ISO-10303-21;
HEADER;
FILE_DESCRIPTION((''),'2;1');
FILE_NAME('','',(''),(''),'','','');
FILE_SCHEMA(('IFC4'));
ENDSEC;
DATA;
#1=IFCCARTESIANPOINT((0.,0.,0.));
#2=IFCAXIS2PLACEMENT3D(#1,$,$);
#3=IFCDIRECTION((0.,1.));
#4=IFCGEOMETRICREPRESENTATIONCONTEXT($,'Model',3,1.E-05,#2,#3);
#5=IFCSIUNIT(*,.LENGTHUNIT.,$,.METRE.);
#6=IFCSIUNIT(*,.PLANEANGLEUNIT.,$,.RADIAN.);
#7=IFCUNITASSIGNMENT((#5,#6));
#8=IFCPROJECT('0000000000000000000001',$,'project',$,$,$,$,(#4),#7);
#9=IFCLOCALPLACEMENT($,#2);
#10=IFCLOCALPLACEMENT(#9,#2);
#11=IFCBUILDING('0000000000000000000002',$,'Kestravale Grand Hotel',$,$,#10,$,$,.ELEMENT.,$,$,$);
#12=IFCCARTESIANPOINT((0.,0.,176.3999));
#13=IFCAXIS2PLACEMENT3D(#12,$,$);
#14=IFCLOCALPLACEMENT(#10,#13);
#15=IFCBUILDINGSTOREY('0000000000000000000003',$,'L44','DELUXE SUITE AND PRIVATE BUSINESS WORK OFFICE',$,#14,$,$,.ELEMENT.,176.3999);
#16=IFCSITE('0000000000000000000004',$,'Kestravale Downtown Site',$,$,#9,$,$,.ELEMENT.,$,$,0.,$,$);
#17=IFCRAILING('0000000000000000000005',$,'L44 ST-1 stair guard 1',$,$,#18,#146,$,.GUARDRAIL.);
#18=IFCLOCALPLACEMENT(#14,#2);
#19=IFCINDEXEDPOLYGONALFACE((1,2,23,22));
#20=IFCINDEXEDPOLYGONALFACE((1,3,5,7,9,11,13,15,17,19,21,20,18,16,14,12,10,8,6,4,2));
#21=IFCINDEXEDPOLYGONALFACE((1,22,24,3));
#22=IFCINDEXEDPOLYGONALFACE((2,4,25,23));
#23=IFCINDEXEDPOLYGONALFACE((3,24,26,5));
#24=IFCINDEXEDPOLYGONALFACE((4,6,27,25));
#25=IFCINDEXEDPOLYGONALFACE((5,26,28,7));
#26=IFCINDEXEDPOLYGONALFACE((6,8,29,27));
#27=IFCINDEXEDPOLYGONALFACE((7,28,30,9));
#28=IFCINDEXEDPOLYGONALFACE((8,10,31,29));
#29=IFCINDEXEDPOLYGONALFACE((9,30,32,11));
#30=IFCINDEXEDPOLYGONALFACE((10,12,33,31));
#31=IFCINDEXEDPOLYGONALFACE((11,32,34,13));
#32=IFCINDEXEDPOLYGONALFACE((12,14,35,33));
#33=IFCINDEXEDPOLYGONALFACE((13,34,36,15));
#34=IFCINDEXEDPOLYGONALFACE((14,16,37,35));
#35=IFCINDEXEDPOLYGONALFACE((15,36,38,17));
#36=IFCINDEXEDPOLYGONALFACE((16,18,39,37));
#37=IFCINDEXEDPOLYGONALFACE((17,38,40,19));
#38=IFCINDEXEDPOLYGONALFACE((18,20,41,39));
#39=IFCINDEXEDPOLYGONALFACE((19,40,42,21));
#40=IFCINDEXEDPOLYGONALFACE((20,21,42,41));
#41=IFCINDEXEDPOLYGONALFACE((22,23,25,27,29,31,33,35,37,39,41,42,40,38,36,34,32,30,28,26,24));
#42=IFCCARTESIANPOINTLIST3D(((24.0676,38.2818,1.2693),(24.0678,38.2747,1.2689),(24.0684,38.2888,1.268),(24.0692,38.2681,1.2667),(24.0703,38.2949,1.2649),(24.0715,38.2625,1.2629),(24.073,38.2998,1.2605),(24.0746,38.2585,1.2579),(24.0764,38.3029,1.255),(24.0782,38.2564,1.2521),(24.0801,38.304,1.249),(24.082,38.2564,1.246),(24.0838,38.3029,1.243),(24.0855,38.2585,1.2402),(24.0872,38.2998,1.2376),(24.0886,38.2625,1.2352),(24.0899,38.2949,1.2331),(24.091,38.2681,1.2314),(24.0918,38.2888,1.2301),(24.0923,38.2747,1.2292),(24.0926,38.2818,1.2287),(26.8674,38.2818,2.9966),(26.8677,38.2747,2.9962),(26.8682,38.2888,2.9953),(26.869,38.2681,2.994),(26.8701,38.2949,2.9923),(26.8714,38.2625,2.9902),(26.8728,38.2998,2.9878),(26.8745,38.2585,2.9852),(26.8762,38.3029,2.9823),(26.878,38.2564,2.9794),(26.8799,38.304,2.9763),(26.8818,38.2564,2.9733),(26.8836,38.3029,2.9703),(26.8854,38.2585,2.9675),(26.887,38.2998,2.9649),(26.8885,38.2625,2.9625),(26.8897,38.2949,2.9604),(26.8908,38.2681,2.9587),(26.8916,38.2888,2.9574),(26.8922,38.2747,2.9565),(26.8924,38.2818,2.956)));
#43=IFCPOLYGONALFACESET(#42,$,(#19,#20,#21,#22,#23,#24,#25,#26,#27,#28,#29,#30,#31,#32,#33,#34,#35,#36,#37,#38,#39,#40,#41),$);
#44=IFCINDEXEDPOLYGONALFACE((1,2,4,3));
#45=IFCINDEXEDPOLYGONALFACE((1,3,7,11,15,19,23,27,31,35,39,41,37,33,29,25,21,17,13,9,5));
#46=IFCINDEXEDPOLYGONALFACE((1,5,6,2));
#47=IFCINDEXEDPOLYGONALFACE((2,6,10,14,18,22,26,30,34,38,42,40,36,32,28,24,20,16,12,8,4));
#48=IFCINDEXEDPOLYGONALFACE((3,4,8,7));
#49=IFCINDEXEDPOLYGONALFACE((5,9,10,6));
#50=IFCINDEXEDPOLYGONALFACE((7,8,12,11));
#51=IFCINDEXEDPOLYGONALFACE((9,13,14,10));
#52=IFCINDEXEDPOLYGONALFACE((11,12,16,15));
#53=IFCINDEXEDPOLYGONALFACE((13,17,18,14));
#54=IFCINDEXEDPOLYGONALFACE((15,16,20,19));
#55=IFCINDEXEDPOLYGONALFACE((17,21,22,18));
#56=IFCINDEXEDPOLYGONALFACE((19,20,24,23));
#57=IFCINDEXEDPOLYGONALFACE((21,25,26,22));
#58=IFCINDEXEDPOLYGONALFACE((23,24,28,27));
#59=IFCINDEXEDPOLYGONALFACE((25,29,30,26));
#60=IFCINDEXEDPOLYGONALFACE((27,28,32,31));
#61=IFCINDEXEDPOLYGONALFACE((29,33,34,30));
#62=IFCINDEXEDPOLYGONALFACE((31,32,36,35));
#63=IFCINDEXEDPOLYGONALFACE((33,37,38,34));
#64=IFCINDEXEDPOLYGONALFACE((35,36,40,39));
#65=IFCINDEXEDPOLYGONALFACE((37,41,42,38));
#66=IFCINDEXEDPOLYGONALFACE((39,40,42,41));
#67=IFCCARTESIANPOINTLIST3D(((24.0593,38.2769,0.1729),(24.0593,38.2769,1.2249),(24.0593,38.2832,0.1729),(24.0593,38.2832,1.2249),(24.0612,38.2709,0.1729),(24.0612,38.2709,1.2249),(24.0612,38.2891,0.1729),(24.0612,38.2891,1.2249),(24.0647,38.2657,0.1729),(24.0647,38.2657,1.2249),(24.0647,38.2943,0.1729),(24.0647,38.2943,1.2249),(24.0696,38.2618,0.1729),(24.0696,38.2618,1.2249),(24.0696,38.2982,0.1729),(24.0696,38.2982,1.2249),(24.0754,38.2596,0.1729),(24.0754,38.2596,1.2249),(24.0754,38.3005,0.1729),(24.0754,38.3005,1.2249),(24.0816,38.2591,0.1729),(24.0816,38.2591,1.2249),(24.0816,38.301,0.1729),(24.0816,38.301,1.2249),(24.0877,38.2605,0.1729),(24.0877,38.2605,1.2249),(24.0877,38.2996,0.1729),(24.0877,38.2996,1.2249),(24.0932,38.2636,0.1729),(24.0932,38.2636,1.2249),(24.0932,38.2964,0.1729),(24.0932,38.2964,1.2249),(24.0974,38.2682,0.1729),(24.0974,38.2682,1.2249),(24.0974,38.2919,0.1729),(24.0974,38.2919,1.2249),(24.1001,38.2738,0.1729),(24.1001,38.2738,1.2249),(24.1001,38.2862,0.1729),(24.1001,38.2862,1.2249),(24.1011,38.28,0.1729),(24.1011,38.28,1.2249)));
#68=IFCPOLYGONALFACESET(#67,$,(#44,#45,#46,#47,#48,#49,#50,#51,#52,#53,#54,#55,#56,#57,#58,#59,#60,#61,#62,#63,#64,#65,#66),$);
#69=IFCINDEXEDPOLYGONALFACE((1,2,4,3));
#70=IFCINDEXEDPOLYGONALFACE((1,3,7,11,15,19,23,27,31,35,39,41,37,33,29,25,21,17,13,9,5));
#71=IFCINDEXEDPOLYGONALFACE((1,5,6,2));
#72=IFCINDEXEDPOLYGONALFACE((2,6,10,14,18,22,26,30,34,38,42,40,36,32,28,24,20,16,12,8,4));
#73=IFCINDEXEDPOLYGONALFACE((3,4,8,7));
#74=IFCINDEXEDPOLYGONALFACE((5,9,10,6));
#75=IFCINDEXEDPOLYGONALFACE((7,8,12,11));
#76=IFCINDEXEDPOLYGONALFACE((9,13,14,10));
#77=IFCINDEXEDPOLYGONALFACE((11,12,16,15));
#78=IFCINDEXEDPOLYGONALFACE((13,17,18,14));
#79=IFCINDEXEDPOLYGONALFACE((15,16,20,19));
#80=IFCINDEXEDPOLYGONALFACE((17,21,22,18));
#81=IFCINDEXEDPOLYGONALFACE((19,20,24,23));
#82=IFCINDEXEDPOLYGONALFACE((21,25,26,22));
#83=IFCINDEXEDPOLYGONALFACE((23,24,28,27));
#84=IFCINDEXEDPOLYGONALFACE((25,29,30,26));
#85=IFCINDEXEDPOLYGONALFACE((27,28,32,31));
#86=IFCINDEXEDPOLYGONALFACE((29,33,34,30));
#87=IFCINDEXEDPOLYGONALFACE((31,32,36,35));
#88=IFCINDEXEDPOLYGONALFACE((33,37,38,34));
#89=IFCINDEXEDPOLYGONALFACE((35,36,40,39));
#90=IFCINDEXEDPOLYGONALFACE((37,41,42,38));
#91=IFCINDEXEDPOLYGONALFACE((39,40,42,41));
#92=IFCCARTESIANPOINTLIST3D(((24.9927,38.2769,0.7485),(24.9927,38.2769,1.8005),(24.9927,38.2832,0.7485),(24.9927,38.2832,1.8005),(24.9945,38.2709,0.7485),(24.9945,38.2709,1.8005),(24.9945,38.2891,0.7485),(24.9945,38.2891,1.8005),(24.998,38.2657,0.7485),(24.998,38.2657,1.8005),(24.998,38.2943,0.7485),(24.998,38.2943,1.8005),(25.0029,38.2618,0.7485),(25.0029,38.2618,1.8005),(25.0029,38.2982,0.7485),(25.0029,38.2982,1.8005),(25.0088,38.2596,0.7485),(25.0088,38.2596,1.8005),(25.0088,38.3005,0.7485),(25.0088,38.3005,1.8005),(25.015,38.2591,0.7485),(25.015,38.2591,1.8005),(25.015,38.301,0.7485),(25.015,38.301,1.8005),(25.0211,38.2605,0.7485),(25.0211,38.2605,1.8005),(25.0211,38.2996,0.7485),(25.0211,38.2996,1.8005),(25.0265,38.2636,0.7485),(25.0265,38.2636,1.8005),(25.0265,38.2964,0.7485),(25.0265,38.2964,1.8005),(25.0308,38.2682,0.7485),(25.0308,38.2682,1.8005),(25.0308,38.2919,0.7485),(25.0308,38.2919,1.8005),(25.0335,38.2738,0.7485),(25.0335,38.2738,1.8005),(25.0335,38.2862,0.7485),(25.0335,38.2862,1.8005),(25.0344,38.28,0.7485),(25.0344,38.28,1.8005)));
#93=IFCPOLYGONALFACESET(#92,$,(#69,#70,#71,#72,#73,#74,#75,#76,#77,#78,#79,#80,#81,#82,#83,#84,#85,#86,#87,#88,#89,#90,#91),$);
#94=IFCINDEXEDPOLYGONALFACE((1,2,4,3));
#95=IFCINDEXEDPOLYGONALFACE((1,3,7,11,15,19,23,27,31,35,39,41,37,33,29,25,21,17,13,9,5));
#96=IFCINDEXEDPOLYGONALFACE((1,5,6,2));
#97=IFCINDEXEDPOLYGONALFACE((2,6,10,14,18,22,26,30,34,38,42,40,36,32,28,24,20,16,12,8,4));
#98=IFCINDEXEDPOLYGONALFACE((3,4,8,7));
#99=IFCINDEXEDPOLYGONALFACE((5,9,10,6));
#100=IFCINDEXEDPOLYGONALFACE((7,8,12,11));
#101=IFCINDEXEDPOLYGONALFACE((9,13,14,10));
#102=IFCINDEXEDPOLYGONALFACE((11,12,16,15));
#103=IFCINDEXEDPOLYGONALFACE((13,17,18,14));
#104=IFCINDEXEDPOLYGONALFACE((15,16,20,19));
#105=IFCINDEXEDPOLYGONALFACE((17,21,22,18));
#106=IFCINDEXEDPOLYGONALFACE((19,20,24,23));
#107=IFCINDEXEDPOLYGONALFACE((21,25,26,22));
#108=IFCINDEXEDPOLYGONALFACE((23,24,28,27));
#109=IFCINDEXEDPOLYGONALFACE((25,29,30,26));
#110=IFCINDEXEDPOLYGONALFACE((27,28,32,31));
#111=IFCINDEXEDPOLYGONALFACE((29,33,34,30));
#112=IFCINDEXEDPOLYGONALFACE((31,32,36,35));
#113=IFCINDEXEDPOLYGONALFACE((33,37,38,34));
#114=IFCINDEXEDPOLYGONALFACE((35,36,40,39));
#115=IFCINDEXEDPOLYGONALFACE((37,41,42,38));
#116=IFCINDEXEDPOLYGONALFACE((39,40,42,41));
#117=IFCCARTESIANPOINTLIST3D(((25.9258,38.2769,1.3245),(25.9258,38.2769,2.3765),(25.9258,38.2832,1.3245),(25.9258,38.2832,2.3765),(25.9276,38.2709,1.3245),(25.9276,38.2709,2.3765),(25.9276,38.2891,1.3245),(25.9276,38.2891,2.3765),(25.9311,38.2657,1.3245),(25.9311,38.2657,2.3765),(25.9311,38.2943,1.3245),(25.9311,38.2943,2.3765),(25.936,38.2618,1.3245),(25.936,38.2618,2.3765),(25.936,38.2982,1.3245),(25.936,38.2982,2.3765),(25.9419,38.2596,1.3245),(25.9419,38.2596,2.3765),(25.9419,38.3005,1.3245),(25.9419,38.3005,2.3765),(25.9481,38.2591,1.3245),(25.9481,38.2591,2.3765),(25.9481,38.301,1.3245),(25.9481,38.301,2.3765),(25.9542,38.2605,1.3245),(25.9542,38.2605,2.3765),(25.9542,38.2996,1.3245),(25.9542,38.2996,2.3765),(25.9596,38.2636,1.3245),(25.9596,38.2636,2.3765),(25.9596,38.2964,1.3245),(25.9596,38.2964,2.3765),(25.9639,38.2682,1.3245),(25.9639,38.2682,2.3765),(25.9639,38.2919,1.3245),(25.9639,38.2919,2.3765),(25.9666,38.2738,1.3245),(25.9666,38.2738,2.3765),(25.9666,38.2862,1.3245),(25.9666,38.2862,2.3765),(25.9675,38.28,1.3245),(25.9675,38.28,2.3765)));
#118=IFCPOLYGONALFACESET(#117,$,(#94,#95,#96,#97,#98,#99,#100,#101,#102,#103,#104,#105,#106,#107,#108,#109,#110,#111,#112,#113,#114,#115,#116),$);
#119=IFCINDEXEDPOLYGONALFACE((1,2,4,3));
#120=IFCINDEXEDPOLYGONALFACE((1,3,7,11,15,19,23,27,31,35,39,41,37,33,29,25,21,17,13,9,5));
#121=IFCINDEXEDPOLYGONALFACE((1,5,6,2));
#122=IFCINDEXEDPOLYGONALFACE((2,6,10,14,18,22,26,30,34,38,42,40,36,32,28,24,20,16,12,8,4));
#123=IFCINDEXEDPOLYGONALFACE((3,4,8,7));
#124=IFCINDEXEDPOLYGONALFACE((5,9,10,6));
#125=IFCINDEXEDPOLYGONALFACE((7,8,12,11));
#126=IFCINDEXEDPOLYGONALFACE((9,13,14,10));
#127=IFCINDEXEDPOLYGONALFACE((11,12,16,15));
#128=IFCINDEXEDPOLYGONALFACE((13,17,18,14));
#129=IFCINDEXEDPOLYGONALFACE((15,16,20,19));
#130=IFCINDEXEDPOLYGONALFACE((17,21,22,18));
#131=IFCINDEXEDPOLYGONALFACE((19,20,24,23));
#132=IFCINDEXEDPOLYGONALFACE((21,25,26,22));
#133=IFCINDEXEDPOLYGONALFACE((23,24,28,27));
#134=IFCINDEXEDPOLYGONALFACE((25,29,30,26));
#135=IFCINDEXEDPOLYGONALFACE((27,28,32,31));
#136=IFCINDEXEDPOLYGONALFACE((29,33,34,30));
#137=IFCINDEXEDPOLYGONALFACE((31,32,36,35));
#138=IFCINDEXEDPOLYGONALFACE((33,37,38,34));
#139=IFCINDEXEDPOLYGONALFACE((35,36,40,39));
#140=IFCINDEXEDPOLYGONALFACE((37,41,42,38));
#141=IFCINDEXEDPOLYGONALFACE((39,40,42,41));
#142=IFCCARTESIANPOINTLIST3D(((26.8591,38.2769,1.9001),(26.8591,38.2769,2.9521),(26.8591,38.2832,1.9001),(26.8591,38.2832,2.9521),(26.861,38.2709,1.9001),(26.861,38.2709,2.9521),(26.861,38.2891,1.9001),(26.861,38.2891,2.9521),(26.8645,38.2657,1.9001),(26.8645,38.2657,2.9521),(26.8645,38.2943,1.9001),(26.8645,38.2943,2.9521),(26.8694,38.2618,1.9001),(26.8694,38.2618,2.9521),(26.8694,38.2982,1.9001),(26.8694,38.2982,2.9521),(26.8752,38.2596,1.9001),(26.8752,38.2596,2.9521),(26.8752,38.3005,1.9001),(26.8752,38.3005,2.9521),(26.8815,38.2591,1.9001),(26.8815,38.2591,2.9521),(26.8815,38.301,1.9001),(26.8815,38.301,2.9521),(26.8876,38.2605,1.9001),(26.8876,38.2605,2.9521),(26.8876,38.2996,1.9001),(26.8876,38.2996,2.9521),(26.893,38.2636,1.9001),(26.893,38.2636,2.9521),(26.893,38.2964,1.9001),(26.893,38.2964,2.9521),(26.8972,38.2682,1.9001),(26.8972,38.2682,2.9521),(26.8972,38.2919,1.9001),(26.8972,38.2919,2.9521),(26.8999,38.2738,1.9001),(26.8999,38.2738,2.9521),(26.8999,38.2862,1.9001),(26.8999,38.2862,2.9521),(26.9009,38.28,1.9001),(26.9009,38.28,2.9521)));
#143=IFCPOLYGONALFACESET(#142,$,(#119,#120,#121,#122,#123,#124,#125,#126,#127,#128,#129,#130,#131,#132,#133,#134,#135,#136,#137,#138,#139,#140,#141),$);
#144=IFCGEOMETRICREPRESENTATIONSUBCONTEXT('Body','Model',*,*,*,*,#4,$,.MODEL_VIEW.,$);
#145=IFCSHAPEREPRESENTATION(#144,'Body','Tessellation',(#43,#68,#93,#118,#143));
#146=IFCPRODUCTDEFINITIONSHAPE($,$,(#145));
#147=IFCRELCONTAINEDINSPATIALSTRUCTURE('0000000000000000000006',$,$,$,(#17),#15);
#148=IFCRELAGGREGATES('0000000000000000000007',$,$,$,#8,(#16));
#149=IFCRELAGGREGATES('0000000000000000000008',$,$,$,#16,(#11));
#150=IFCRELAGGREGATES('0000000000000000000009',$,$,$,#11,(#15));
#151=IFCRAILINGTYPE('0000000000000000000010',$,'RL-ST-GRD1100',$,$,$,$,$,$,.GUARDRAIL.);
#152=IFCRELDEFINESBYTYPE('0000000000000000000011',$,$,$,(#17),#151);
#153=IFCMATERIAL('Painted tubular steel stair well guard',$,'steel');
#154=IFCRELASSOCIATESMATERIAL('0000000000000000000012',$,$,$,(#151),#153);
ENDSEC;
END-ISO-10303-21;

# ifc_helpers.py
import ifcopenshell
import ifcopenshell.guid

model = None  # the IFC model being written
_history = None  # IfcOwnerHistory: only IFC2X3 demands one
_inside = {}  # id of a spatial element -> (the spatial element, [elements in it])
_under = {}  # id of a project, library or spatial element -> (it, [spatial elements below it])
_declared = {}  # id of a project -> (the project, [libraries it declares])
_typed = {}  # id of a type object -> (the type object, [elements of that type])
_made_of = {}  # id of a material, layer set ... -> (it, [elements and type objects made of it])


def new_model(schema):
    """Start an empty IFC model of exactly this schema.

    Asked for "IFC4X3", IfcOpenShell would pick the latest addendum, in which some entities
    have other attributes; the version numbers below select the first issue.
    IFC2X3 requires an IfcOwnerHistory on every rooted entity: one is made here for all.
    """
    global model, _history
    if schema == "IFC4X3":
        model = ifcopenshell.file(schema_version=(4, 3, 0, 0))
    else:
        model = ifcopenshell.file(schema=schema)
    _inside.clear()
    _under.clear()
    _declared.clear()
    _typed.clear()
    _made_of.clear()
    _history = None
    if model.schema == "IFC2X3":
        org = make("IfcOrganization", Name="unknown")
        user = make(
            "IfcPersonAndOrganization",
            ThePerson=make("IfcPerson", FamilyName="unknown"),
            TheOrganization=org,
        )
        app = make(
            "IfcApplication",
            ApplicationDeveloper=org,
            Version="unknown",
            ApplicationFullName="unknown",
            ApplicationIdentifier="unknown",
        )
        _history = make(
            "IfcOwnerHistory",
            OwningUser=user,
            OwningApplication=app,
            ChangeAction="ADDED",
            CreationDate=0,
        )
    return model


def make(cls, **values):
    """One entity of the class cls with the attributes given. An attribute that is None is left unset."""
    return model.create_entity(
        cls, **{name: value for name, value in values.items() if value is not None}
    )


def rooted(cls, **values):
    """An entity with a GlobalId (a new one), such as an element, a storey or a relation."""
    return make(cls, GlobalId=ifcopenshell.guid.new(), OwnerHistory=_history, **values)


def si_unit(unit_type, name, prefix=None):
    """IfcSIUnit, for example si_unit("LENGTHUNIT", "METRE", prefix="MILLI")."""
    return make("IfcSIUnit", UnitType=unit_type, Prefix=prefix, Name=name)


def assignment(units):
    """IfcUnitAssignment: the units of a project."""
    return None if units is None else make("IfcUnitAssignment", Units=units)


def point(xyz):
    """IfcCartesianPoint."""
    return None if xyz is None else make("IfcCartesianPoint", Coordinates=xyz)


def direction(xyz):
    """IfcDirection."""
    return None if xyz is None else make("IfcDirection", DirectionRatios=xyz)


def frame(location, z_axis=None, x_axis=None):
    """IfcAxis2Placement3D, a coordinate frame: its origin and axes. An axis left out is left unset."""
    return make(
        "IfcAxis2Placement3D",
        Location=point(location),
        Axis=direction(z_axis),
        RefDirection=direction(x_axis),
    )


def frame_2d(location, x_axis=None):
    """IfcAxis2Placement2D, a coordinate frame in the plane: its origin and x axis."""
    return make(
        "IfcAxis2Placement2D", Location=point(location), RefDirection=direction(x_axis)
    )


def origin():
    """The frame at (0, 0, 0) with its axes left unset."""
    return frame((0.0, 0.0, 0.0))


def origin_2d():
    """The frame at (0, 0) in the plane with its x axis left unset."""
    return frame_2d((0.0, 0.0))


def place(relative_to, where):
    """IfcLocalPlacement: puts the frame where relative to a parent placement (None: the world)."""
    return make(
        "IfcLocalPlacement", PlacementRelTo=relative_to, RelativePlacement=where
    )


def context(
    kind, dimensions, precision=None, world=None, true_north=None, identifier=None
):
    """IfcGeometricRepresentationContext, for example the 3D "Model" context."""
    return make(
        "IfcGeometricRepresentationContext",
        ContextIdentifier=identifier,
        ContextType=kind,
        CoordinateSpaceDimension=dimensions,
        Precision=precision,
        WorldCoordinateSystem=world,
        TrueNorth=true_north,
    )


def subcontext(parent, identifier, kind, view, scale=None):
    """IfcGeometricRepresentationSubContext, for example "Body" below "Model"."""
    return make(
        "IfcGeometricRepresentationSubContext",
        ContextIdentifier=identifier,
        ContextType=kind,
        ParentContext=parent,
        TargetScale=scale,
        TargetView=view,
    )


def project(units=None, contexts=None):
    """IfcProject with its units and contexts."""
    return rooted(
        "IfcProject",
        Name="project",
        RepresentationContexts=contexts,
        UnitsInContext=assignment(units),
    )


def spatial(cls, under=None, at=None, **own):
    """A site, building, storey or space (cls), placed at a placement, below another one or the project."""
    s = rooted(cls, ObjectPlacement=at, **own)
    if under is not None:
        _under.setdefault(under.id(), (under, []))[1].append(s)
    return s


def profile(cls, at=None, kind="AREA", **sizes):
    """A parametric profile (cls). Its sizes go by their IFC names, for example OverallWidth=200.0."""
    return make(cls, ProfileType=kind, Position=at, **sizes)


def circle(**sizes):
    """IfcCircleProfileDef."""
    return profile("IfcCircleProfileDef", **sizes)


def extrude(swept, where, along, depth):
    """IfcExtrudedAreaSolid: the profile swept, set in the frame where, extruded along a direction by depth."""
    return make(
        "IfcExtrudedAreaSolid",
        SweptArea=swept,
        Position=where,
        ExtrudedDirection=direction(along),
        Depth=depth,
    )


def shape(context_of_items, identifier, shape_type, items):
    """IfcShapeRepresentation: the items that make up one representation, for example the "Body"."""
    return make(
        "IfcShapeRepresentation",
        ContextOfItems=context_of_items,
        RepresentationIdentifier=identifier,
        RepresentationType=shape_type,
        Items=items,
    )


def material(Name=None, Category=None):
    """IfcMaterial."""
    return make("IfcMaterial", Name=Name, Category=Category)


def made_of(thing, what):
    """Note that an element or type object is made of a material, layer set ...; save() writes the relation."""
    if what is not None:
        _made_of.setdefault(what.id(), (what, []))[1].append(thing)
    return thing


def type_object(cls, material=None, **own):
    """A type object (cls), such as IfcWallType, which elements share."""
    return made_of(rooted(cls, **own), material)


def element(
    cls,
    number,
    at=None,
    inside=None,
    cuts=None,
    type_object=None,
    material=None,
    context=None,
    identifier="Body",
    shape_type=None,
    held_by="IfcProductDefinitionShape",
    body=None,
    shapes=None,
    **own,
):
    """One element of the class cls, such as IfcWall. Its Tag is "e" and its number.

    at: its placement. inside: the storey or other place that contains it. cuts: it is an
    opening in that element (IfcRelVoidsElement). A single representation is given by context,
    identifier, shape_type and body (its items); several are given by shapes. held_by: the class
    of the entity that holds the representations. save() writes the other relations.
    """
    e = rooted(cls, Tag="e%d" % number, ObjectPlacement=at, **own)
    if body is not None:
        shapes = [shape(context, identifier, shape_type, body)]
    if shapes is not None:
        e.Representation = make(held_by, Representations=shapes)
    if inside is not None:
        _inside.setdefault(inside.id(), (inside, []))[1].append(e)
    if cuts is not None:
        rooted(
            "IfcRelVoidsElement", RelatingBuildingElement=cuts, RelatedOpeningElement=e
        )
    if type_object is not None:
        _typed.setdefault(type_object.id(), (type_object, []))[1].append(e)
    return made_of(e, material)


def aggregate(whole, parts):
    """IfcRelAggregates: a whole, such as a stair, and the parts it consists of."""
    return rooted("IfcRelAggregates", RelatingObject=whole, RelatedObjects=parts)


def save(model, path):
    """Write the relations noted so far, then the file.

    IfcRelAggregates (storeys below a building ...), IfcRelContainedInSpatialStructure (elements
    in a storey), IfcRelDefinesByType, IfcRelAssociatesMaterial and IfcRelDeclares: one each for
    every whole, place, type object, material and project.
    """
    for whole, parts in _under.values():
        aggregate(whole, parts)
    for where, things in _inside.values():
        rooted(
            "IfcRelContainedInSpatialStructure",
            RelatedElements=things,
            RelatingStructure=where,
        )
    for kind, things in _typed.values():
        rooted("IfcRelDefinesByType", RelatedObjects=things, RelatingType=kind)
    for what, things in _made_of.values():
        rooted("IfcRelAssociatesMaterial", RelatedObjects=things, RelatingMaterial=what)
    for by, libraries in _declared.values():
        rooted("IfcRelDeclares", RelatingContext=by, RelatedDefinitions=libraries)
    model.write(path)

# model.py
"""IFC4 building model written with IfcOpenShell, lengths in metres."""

from ifc_helpers import new_model, si_unit, direction, frame, origin, origin_2d, place, context, subcontext, project, spatial, circle, extrude, material, type_object, element, save


model = new_model("IFC4")

# Units and contexts
model_context = context("Model", 3, precision=1e-05, world=origin(), true_north=direction((0.0, 1.0)))
body_context = subcontext(model_context, "Body", "Model", "MODEL_VIEW")
ifc_project = project(units=[si_unit("LENGTHUNIT", "METRE"), si_unit("PLANEANGLEUNIT", "RADIAN")], contexts=[model_context])

# Site, building, storey
site_placement = place(None, origin())
site = spatial("IfcSite", under=ifc_project, at=site_placement, Name="Kestravale Downtown Site", CompositionType="ELEMENT", RefElevation=0.0)
building_placement = place(site_placement, origin())
building = spatial("IfcBuilding", under=site, at=building_placement, Name="Kestravale Grand Hotel", CompositionType="ELEMENT")
storey_placement = place(building_placement, frame((0.0, 0.0, 176.3999)))
storey = spatial("IfcBuildingStorey", under=building, at=storey_placement, Name="L44", Description="DELUXE SUITE AND PRIVATE BUSINESS WORK OFFICE", CompositionType="ELEMENT", Elevation=176.3999)

# Railing
ifc_material_1 = material(Name="Painted tubular steel stair well guard", Category="steel")
railing_type_1 = type_object("IfcRailingType", Name="RL-ST-GRD1100", PredefinedType="GUARDRAIL", material=ifc_material_1)
railing_1_placement = place(storey_placement, frame((24.0801, 38.28, 0.1729)))
element("IfcRailing", 1, at=railing_1_placement, inside=storey, type_object=railing_type_1, Name="L44 ST-1 stair guard 1", PredefinedType="GUARDRAIL", context=body_context, shape_type="SweptSolid", body=[
    extrude(circle(Radius=0.0239, at=origin_2d()), frame((0.0, 0.0, 1.0762), z_axis=(0.851069, 0.0, 0.525054), x_axis=(0.0, 1.0, 0.0)), (0.0, 0.0, 1.0), 3.2898),
    extrude(circle(Radius=0.021, at=origin_2d()), origin(), (0.0, 0.0, 1.0), 1.052),
    extrude(circle(Radius=0.021, at=origin_2d()), frame((0.9333, 0.0, 0.5757)), (0.0, 0.0, 1.0), 1.052),
    extrude(circle(Radius=0.021, at=origin_2d()), frame((1.8665, 0.0, 1.1516)), (0.0, 0.0, 1.0), 1.052),
    extrude(circle(Radius=0.021, at=origin_2d()), frame((2.7998, 0.0, 1.7273)), (0.0, 0.0, 1.0), 1.052),
])

save(model, "model.ifc")
